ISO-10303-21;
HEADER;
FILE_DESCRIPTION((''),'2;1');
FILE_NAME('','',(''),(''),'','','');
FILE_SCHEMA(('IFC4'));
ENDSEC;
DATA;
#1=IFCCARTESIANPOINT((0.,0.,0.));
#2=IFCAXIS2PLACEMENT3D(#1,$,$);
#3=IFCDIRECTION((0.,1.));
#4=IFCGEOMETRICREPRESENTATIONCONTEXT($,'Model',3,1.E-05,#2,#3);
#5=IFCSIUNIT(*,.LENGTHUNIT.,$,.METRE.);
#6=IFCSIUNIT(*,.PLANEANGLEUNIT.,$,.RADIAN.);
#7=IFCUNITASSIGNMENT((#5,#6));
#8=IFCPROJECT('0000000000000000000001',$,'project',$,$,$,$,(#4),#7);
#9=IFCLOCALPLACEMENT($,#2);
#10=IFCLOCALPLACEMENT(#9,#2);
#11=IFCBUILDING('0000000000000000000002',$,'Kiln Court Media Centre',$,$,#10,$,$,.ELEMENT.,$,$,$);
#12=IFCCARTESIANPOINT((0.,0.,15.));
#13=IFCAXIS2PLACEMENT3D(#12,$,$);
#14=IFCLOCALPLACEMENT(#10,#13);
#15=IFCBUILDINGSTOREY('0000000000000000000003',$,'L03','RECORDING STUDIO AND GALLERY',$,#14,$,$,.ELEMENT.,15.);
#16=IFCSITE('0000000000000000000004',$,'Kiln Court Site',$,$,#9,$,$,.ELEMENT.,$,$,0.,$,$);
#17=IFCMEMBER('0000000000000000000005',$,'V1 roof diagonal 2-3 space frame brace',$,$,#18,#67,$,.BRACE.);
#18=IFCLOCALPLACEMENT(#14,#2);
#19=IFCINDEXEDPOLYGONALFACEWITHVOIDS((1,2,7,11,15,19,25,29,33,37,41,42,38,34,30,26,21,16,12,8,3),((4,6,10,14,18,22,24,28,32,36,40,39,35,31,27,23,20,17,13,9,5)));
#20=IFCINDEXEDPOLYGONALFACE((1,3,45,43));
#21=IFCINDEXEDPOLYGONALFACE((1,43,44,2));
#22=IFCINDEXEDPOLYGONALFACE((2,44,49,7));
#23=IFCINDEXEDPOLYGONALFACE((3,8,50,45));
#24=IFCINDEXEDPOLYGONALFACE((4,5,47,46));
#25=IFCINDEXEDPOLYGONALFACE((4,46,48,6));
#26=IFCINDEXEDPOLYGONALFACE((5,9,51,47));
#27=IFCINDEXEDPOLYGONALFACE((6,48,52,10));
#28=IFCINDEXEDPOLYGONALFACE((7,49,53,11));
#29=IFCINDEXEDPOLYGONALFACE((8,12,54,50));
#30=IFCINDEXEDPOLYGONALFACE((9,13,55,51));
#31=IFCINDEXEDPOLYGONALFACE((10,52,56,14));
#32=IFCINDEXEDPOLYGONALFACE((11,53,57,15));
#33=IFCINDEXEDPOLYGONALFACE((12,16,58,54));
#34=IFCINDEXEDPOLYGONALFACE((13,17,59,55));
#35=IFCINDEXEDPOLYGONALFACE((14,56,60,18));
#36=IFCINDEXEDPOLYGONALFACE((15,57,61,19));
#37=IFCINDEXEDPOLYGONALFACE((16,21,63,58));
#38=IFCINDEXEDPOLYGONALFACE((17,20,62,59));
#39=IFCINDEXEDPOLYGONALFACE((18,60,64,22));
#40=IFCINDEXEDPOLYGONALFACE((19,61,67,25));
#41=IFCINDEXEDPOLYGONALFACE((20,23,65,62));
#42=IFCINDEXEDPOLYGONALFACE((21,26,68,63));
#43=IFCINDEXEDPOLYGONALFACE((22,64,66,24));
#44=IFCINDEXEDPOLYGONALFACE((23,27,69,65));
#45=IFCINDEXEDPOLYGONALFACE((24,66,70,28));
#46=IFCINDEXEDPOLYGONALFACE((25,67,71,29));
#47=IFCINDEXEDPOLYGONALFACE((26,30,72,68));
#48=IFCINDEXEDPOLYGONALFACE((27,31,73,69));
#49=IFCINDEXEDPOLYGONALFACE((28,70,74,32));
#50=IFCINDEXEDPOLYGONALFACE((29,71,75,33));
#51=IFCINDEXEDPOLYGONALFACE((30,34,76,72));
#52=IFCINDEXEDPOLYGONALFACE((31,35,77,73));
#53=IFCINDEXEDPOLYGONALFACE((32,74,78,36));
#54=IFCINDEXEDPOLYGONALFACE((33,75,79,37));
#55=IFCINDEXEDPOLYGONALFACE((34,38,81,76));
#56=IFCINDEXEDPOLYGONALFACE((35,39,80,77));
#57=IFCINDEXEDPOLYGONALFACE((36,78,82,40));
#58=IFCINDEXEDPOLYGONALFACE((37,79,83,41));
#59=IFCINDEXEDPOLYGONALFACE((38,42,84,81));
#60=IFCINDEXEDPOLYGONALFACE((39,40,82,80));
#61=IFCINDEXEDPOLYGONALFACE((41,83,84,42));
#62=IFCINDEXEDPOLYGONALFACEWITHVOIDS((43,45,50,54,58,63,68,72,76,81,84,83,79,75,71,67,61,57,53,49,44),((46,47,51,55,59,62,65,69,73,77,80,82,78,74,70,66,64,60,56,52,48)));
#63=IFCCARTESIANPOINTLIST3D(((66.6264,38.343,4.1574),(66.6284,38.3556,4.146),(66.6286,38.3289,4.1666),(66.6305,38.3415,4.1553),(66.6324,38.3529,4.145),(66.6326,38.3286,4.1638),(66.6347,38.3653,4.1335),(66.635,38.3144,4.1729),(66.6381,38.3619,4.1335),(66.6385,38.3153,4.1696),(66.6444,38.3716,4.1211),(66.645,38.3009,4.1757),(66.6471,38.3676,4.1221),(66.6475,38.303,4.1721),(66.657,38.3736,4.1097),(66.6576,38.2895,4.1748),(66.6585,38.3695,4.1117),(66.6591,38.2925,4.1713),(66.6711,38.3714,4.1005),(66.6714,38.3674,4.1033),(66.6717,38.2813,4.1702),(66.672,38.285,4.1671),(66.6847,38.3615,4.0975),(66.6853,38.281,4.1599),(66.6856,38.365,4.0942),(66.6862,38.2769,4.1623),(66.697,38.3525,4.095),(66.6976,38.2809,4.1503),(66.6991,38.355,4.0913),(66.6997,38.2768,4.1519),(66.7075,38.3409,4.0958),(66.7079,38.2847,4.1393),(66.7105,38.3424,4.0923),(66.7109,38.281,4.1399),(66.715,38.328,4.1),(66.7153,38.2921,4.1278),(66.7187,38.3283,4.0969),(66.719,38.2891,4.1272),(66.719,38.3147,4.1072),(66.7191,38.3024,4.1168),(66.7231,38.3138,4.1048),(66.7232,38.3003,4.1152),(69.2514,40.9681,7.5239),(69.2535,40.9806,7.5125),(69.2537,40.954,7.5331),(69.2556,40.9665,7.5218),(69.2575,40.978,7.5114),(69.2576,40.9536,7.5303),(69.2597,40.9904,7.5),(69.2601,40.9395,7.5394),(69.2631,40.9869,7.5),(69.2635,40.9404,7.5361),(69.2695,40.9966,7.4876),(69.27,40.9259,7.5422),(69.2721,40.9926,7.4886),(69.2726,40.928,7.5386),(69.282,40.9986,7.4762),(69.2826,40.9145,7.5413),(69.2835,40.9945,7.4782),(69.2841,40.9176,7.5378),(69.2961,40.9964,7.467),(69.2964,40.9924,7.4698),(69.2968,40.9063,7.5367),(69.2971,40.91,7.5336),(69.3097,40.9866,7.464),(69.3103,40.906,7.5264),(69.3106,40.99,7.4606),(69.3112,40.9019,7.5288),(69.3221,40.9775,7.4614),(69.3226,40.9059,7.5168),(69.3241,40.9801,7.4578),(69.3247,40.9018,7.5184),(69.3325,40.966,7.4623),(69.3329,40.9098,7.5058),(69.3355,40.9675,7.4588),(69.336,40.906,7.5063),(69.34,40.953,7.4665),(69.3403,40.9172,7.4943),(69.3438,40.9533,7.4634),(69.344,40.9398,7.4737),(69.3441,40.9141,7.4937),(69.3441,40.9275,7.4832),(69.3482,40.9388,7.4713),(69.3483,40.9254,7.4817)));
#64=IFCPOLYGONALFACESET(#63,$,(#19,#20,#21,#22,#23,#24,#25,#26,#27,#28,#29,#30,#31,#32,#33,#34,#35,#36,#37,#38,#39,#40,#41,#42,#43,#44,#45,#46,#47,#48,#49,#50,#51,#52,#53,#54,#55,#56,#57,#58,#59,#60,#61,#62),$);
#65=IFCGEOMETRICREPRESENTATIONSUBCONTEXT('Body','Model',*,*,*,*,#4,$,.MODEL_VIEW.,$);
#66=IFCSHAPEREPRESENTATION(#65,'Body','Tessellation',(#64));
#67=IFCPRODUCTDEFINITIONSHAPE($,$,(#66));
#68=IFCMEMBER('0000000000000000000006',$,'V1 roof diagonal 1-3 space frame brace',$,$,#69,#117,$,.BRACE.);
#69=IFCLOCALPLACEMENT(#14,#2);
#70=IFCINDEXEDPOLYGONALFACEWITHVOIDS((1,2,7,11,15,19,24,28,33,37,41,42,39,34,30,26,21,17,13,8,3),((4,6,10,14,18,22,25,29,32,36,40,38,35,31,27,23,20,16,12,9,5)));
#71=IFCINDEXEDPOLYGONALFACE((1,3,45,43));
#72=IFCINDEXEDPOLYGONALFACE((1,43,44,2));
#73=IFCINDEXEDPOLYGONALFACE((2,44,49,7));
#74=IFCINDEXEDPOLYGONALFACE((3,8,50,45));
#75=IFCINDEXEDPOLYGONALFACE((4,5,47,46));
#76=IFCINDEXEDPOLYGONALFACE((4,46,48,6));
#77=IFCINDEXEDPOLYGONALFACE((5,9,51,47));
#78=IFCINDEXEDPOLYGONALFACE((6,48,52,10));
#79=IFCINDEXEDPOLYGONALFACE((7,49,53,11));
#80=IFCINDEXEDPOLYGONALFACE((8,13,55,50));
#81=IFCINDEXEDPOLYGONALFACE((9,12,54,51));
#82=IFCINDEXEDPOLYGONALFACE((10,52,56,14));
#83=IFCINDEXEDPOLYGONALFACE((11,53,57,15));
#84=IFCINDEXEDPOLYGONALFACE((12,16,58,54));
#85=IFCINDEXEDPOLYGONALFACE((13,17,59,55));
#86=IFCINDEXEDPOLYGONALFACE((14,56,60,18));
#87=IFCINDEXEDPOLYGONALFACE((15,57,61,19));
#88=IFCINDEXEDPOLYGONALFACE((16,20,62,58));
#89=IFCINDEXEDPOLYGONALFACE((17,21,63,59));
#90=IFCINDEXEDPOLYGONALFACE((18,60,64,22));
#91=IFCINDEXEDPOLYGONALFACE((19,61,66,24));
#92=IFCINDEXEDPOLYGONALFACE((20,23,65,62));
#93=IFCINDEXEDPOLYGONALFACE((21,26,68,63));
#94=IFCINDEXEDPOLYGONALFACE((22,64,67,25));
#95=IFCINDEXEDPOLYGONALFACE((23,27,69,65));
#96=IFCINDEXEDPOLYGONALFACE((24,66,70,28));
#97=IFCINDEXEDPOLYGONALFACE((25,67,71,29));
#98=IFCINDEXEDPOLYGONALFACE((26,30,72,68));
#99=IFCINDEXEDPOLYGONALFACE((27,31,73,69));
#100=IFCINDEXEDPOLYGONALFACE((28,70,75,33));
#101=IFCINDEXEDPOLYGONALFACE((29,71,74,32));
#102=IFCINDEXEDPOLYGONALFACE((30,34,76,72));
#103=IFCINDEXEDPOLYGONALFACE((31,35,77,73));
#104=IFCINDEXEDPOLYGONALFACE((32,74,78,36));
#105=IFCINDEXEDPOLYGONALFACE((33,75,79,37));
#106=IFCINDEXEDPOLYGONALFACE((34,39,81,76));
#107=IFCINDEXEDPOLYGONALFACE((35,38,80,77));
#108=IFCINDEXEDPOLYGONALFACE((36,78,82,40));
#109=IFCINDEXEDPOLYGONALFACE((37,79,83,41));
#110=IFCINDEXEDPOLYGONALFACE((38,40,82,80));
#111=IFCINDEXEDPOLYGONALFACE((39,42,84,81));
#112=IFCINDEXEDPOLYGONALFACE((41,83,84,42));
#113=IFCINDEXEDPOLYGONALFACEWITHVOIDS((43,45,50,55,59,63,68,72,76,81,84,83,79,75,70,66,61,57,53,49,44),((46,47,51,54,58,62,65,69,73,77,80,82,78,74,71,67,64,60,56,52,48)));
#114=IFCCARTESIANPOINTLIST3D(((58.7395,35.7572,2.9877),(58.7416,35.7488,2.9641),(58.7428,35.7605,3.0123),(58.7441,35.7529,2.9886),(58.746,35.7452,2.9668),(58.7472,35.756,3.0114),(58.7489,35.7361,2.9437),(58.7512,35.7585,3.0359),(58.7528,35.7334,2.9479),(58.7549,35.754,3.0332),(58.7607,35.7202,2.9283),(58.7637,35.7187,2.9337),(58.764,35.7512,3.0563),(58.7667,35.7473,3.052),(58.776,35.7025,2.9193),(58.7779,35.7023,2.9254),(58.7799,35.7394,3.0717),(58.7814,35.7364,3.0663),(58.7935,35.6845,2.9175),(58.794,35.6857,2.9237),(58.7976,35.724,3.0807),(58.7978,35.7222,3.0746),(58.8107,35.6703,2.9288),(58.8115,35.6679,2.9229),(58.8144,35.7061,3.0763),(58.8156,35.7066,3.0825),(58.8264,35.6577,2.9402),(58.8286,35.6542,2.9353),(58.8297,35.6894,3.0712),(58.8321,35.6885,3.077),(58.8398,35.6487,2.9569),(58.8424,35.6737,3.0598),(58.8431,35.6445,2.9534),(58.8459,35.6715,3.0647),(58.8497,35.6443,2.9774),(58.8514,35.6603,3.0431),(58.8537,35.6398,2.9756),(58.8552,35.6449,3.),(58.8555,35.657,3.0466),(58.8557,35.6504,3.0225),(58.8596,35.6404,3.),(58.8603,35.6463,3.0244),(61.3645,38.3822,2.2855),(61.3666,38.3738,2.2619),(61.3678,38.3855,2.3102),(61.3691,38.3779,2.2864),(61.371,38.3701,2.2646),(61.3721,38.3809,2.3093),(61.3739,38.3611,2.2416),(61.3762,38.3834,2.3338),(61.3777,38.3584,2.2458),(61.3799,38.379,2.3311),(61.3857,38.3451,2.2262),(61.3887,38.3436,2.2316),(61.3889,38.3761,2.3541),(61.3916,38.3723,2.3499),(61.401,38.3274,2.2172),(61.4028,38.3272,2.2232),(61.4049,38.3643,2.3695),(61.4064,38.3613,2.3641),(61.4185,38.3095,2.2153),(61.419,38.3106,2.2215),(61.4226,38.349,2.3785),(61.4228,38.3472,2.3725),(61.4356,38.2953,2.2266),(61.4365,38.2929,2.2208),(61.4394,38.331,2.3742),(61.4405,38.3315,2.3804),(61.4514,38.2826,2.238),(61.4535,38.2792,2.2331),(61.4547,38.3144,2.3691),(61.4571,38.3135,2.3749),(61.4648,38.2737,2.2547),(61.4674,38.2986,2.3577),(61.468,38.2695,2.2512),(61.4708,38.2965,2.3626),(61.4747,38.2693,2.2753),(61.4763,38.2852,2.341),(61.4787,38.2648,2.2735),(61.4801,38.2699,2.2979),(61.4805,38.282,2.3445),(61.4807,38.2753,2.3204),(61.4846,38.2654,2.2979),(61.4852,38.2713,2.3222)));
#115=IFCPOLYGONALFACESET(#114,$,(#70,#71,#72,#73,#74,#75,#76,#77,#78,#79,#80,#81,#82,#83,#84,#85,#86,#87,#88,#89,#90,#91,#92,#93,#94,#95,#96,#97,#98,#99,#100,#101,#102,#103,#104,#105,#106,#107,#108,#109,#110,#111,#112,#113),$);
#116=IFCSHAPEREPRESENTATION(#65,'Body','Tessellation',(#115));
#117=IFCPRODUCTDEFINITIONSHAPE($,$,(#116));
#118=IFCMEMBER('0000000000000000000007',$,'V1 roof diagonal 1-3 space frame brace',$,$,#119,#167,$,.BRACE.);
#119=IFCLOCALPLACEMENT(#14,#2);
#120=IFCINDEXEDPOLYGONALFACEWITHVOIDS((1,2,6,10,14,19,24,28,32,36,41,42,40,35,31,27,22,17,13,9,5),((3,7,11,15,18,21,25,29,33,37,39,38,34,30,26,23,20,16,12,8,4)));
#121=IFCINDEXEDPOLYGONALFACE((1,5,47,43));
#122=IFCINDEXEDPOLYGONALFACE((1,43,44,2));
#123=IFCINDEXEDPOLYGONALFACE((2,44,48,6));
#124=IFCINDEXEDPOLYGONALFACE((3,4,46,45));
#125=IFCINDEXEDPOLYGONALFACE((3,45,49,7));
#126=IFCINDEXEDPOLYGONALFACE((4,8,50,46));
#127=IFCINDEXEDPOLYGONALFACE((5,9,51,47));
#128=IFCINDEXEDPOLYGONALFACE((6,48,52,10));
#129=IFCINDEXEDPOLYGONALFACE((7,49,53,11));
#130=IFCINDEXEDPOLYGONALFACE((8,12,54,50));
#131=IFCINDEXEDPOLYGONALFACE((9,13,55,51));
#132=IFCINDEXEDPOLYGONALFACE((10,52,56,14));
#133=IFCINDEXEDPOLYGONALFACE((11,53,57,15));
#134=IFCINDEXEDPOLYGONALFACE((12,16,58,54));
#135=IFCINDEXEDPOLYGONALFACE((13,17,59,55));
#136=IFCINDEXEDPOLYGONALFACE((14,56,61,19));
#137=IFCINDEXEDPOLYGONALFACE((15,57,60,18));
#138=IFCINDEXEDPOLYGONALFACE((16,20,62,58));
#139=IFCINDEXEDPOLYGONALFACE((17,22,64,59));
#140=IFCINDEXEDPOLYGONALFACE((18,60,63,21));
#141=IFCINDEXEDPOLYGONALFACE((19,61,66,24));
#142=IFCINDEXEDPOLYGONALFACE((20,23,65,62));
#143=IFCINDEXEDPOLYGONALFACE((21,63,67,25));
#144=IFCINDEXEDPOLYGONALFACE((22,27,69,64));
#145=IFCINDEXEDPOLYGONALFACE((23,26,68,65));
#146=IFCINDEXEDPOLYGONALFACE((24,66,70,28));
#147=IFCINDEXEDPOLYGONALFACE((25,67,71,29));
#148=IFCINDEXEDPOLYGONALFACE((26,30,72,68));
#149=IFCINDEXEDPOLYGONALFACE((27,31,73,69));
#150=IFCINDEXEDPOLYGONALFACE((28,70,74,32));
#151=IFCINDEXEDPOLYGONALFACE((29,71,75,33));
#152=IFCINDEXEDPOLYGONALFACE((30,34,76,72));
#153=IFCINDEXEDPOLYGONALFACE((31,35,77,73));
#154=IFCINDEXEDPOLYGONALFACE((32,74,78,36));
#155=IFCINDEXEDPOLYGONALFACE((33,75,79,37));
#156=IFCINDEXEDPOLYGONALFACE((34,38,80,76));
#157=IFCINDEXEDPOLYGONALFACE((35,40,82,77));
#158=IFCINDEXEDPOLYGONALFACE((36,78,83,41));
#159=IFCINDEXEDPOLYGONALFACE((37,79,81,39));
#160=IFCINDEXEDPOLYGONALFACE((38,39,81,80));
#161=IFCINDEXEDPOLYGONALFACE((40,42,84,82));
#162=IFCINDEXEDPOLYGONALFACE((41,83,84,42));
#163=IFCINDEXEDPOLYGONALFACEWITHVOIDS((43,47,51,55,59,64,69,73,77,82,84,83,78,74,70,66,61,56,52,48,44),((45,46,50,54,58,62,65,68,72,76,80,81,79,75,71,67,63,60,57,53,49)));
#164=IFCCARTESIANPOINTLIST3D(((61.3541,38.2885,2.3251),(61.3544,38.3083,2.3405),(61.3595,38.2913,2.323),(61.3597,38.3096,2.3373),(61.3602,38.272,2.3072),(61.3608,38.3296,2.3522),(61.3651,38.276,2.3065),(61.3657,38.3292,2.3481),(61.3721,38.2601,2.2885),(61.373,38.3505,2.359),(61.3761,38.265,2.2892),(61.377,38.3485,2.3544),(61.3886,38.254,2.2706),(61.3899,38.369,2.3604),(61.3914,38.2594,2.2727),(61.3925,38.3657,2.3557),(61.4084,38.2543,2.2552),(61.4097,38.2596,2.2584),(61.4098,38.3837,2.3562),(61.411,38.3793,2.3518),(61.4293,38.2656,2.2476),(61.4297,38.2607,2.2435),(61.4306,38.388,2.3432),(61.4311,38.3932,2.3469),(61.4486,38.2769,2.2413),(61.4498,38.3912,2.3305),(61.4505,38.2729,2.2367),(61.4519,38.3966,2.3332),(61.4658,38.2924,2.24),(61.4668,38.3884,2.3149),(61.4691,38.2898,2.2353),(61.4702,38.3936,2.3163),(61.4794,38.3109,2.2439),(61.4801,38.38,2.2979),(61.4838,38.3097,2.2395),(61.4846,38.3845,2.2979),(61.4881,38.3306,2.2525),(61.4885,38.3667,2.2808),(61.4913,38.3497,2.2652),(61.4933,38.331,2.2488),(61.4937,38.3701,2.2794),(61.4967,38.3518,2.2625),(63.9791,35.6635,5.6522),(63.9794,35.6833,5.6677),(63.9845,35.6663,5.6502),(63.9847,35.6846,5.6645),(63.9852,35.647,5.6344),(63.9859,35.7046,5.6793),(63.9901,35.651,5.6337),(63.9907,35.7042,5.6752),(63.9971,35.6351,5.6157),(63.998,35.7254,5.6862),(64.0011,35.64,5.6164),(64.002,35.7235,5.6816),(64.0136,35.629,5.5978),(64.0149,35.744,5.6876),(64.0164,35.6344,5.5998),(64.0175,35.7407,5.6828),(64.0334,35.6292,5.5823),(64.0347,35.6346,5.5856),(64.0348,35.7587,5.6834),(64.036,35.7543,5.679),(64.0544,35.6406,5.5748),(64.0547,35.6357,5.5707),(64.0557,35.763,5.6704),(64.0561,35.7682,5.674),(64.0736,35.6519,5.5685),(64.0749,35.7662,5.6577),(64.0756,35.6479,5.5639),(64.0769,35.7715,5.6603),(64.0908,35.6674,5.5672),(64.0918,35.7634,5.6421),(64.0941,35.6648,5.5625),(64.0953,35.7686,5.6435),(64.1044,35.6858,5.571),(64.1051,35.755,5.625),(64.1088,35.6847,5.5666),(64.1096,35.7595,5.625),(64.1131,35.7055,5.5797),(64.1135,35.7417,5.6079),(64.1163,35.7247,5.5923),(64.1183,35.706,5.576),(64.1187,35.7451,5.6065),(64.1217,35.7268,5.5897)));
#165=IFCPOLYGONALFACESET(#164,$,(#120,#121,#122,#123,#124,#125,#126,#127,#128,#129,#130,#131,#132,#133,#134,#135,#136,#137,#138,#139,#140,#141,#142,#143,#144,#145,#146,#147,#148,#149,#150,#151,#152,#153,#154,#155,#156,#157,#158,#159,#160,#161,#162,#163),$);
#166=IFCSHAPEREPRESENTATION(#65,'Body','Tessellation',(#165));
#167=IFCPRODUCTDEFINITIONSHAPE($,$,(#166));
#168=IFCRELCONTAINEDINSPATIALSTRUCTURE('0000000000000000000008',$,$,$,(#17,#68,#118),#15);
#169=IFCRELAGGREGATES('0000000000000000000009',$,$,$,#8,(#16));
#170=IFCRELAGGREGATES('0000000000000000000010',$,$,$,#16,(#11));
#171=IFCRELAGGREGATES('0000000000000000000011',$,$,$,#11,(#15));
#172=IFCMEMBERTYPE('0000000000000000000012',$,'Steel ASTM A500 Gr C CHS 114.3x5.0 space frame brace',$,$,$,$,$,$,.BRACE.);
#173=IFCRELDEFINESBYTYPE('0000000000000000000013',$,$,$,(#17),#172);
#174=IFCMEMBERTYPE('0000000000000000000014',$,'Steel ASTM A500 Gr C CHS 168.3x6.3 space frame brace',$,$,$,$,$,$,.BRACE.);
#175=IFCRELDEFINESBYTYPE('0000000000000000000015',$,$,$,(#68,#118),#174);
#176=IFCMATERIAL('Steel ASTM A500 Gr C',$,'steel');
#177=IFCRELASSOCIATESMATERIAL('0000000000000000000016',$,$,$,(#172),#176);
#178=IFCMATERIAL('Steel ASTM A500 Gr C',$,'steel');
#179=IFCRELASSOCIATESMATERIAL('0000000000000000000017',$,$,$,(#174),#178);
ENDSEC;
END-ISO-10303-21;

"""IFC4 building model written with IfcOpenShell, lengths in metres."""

from ifc_helpers import new_model, si_unit, direction, frame, origin, origin_2d, place, context, subcontext, project, spatial, hollow_circle, extrude, material, material_profile, profile_set, type_object, element, save


model = new_model("IFC4")

# Units and contexts
model_context = context("Model", 3, precision=1e-05, world=origin(), true_north=direction((0.0, 1.0)))
body_context = subcontext(model_context, "Body", "Model", "MODEL_VIEW")
ifc_project = project(units=[si_unit("LENGTHUNIT", "METRE"), si_unit("PLANEANGLEUNIT", "RADIAN")], contexts=[model_context])

# Site, building, storey
site_placement = place(None, origin())
site = spatial("IfcSite", under=ifc_project, at=site_placement, Name="Kiln Court Site", CompositionType="ELEMENT", RefElevation=0.0)
building_placement = place(site_placement, origin())
building = spatial("IfcBuilding", under=site, at=building_placement, Name="Kiln Court Media Centre", CompositionType="ELEMENT")
storey_placement = place(building_placement, frame((0.0, 0.0, 15.0)))
storey = spatial("IfcBuildingStorey", under=building, at=storey_placement, Name="L03", Description="RECORDING STUDIO AND GALLERY", CompositionType="ELEMENT", Elevation=15.0)

# Members
ifc_material_1 = material(Name="Steel ASTM A500 Gr C", Category="steel")
ifc_material_profile_1 = material_profile(ifc_material_1, hollow_circle(Radius=0.0571, WallThickness=0.0049, at=origin_2d()), Name="CHS 114.3x5.0")
ifc_profile_set_1 = profile_set([ifc_material_profile_1], Name="Steel ASTM A500 Gr C")
member_type_1 = type_object("IfcMemberType", Name="Steel ASTM A500 Gr C CHS 114.3x5.0 space frame brace", PredefinedType="BRACE", material=ifc_profile_set_1)
member_1_placement = place(storey_placement, frame((66.675, 38.325, 4.1335), z_axis=(0.523804, 0.523804, 0.671758), x_axis=(-0.707107, 0.707107, 0.0)))
element("IfcMember", 1, at=member_1_placement, inside=storey, type_object=member_type_1, Name="V1 roof diagonal 2-3 space frame brace", PredefinedType="BRACE", context=body_context, shape_type="SweptSolid", body=[
    extrude(hollow_circle(Radius=0.0571, WallThickness=0.0049, at=origin_2d()), origin(), (0.0, 0.0, 1.0), 5.0115),
])
ifc_material_2 = material(Name="Steel ASTM A500 Gr C", Category="steel")
ifc_material_profile_2 = material_profile(ifc_material_2, hollow_circle(Radius=0.0842, WallThickness=0.0063, at=origin_2d()), Name="CHS 168.3x6.3")
ifc_profile_set_2 = profile_set([ifc_material_profile_2], Name="Steel ASTM A500 Gr C")
member_type_2 = type_object("IfcMemberType", Name="Steel ASTM A500 Gr C CHS 168.3x6.3 space frame brace", PredefinedType="BRACE", material=ifc_profile_set_2)
member_2_placement = place(storey_placement, frame((61.425, 38.325, 2.2979), z_axis=(-0.694788, -0.694788, 0.185846), x_axis=(0.707107, -0.707107, 0.0)))
element("IfcMember", 2, at=member_2_placement, inside=storey, type_object=member_type_2, Name="V1 roof diagonal 1-3 space frame brace", PredefinedType="BRACE", context=body_context, shape_type="SweptSolid", body=[
    extrude(hollow_circle(Radius=0.0842, WallThickness=0.0063, at=origin_2d()), origin(), (0.0, 0.0, 1.0), 3.7781),
])
member_3_placement = place(storey_placement, frame((61.425, 38.325, 2.2979), z_axis=(0.52657, -0.52657, 0.667419), x_axis=(0.707107, 0.707107, 0.0)))
element("IfcMember", 3, at=member_3_placement, inside=storey, type_object=member_type_2, Name="V1 roof diagonal 1-3 space frame brace", PredefinedType="BRACE", context=body_context, shape_type="SweptSolid", body=[
    extrude(hollow_circle(Radius=0.0842, WallThickness=0.0063, at=origin_2d()), origin(), (0.0, 0.0, 1.0), 4.9851),
])

save(model, "model.ifc")
